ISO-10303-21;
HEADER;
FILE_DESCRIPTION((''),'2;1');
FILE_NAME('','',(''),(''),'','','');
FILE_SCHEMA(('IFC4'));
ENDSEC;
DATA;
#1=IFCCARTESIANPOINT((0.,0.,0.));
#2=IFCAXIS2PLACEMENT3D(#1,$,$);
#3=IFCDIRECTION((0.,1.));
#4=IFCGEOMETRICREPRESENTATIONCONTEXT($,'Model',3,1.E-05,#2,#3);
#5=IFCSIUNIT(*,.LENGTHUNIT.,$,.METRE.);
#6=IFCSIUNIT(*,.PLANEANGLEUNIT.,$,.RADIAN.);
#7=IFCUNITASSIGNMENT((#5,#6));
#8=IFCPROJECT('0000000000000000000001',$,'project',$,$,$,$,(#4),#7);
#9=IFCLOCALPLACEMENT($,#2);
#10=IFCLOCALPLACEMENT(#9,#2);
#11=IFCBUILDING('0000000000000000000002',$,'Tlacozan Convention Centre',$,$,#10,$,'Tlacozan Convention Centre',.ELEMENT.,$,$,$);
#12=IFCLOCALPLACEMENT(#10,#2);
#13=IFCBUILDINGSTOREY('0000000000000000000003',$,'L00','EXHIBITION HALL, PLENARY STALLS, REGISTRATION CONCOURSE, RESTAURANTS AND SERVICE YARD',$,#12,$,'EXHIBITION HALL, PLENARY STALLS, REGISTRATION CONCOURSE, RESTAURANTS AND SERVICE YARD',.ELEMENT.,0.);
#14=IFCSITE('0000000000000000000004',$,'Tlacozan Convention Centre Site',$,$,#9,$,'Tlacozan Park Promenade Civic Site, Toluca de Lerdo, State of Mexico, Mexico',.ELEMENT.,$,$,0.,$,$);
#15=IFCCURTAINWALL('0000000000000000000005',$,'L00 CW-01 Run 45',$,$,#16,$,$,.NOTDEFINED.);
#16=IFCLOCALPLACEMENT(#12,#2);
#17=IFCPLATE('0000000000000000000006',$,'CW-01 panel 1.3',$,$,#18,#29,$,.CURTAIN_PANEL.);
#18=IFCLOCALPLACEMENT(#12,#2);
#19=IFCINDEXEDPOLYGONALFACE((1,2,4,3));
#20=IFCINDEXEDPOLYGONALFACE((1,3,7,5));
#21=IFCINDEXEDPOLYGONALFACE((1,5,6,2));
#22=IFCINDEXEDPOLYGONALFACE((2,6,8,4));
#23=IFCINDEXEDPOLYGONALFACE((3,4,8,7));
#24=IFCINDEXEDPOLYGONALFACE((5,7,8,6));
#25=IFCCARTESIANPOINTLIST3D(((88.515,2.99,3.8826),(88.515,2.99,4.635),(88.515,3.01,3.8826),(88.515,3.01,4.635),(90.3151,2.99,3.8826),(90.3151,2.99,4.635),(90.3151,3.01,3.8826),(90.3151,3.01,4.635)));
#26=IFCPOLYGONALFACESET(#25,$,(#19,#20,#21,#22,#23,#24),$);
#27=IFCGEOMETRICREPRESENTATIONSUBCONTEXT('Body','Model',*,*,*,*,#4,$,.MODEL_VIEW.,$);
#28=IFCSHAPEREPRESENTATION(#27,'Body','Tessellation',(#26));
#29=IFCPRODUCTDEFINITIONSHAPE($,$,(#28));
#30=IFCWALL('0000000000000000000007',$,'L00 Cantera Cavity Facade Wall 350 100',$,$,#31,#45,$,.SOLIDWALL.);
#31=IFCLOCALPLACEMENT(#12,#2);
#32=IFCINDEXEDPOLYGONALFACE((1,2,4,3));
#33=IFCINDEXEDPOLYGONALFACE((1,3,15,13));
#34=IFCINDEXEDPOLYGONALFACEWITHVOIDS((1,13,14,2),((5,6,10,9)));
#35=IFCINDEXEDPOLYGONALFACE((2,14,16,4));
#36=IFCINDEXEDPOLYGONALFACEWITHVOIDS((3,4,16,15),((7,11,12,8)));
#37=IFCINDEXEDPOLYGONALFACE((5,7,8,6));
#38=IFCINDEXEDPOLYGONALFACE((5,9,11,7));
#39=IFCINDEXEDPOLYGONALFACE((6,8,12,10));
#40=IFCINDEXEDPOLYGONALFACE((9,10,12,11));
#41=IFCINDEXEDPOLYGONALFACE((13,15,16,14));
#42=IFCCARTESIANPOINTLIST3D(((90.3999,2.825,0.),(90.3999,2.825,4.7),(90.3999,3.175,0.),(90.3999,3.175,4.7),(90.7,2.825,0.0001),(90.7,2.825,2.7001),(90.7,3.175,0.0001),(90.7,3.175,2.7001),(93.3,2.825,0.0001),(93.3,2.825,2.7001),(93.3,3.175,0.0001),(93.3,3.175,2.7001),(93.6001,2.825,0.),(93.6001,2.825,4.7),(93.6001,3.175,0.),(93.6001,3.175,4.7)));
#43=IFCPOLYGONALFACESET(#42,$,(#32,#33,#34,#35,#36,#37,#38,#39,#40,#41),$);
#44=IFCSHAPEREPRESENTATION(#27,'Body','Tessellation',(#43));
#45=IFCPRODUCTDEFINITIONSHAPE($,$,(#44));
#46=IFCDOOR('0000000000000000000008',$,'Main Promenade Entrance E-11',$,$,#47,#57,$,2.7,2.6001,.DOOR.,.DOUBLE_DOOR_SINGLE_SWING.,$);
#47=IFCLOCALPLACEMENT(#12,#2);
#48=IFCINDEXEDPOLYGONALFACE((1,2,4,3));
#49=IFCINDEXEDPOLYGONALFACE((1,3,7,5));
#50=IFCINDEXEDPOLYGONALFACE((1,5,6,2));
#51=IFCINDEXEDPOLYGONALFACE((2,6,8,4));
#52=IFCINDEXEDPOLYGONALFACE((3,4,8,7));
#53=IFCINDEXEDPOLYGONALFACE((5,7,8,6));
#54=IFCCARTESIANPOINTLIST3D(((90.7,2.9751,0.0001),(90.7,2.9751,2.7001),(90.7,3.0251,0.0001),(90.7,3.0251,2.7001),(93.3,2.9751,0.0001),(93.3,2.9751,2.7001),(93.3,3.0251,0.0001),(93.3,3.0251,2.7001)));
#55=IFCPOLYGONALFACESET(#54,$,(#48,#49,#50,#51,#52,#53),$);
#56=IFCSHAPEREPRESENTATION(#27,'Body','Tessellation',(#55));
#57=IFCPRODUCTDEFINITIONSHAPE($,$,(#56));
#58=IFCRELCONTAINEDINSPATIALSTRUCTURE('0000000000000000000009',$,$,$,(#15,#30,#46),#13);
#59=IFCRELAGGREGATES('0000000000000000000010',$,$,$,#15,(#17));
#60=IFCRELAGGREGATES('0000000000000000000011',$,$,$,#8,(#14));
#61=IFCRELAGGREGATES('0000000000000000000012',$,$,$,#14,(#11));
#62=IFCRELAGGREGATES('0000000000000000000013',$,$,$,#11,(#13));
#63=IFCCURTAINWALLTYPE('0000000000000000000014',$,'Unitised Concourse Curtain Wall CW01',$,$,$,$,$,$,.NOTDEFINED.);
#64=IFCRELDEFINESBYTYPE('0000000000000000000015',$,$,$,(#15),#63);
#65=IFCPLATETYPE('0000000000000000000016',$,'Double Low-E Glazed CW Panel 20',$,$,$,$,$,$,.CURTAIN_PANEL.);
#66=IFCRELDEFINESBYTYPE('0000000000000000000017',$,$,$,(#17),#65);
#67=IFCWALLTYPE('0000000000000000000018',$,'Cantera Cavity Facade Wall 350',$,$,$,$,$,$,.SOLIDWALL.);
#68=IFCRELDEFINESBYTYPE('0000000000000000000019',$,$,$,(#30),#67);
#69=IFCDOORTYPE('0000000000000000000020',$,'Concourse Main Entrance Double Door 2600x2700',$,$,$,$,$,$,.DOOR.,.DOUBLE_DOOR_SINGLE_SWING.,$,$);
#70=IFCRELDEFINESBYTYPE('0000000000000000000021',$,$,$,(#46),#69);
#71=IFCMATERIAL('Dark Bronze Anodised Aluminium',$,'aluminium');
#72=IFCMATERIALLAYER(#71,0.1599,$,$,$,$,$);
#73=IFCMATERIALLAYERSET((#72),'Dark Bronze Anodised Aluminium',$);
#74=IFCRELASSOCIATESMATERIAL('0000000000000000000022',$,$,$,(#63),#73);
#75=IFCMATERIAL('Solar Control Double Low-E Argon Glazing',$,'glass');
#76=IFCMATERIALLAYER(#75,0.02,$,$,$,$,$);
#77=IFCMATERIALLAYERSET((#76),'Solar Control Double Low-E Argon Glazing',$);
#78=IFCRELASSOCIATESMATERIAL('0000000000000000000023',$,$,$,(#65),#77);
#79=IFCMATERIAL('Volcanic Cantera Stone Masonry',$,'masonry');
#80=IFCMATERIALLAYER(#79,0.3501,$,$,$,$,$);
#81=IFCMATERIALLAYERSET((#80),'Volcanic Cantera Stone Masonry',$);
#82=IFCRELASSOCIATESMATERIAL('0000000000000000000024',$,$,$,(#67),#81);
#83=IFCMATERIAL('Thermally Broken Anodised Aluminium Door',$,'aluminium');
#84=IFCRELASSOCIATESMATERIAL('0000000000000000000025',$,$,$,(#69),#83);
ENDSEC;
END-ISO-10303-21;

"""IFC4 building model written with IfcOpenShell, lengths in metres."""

from ifc_helpers import new_model, si_unit, direction, frame, frame_2d, origin, origin_2d, place, context, subcontext, project, spatial, rectangle, extrude, material, layer, layer_set, type_object, element, fill, aggregate, save


model = new_model("IFC4")

# Units and contexts
model_context = context("Model", 3, precision=1e-05, world=origin(), true_north=direction((0.0, 1.0)))
body_context = subcontext(model_context, "Body", "Model", "MODEL_VIEW")
ifc_project = project(units=[si_unit("LENGTHUNIT", "METRE"), si_unit("PLANEANGLEUNIT", "RADIAN")], contexts=[model_context])

# Site, building, storey
site_placement = place(None, origin())
site = spatial("IfcSite", under=ifc_project, at=site_placement, Name="Tlacozan Convention Centre Site", LongName="Tlacozan Park Promenade Civic Site, Toluca de Lerdo, State of Mexico, Mexico", CompositionType="ELEMENT", RefElevation=0.0)
building_placement = place(site_placement, origin())
building = spatial("IfcBuilding", under=site, at=building_placement, Name="Tlacozan Convention Centre", LongName="Tlacozan Convention Centre", CompositionType="ELEMENT")
storey_placement = place(building_placement, origin())
storey = spatial("IfcBuildingStorey", under=building, at=storey_placement, Name="L00", Description="EXHIBITION HALL, PLENARY STALLS, REGISTRATION CONCOURSE, RESTAURANTS AND SERVICE YARD", LongName="EXHIBITION HALL, PLENARY STALLS, REGISTRATION CONCOURSE, RESTAURANTS AND SERVICE YARD", CompositionType="ELEMENT", Elevation=0.0)

# Curtain wall
ifc_material_1 = material(Name="Dark Bronze Anodised Aluminium", Category="aluminium")
ifc_layer_1 = layer(ifc_material_1, 0.1599)
ifc_layer_set_1 = layer_set([ifc_layer_1], Name="Dark Bronze Anodised Aluminium")
curtain_wall_type = type_object("IfcCurtainWallType", Name="Unitised Concourse Curtain Wall CW01", PredefinedType="NOTDEFINED", material=ifc_layer_set_1)
curtain_wall_1_placement = place(storey_placement, origin())
curtain_wall_1 = element("IfcCurtainWall", 1, at=curtain_wall_1_placement, inside=storey, type_object=curtain_wall_type, Name="L00 CW-01 Run 45", PredefinedType="NOTDEFINED")

# Plate
ifc_material_2 = material(Name="Solar Control Double Low-E Argon Glazing", Category="glass")
ifc_layer_2 = layer(ifc_material_2, 0.02)
ifc_layer_set_2 = layer_set([ifc_layer_2], Name="Solar Control Double Low-E Argon Glazing")
plate_type = type_object("IfcPlateType", Name="Double Low-E Glazed CW Panel 20", PredefinedType="CURTAIN_PANEL", material=ifc_layer_set_2)
plate_1_placement = place(storey_placement, frame((89.415, 3.0, 3.8826), z_axis=(0.0, 0.0, 1.0), x_axis=(1.0, 0.0, 0.0)))
plate_1 = element("IfcPlate", 2, at=plate_1_placement, type_object=plate_type, Name="CW-01 panel 1.3", PredefinedType="CURTAIN_PANEL", context=body_context, shape_type="SweptSolid", body=[
    extrude(rectangle(XDim=1.8, YDim=0.02, at=origin_2d()), origin(), (0.0, 0.0, 1.0), 0.7524),
])
aggregate(curtain_wall_1, [plate_1])

# Wall, opening, door
ifc_material_3 = material(Name="Volcanic Cantera Stone Masonry", Category="masonry")
ifc_layer_3 = layer(ifc_material_3, 0.3501)
ifc_layer_set_3 = layer_set([ifc_layer_3], Name="Volcanic Cantera Stone Masonry")
wall_type = type_object("IfcWallType", Name="Cantera Cavity Facade Wall 350", PredefinedType="SOLIDWALL", material=ifc_layer_set_3)
wall_placement = place(storey_placement, frame((90.3999, 3.0, 0.0), z_axis=(0.0, 0.0, 1.0), x_axis=(1.0, 0.0, 0.0)))
wall = element("IfcWall", 3, at=wall_placement, inside=storey, type_object=wall_type, Name="L00 Cantera Cavity Facade Wall 350 100", PredefinedType="SOLIDWALL", context=body_context, shape_type="SweptSolid", body=[
    extrude(rectangle(XDim=3.2002, YDim=0.3501, at=frame_2d((1.6001, 0.0))), origin(), (0.0, 0.0, 1.0), 4.7),
])
opening_placement = place(wall_placement, frame((0.3, 0.0, 0.0)))
opening = element("IfcOpeningElement", 4, at=opening_placement, cuts=wall, PredefinedType="OPENING", context=body_context, shape_type="SweptSolid", body=[
    extrude(rectangle(XDim=2.6001, YDim=2.7, at=frame_2d((1.3, 1.3501))), frame((0.0, 0.1851, 0.0), z_axis=(0.0, -1.0, 0.0), x_axis=(1.0, 0.0, 0.0)), (0.0, 0.0, 1.0), 0.3701),
])
ifc_material_4 = material(Name="Thermally Broken Anodised Aluminium Door", Category="aluminium")
door_type = type_object("IfcDoorType", Name="Concourse Main Entrance Double Door 2600x2700", OperationType="DOUBLE_DOOR_SINGLE_SWING", PredefinedType="DOOR", material=ifc_material_4)
door_placement = place(opening_placement, frame((2.6001, 0.0, 0.0), z_axis=(0.0, 0.0, 1.0), x_axis=(-1.0, 0.0, 0.0)))
door = element("IfcDoor", 5, at=door_placement, inside=storey, type_object=door_type, Name="Main Promenade Entrance E-11", OperationType="DOUBLE_DOOR_SINGLE_SWING", OverallHeight=2.7, OverallWidth=2.6001, PredefinedType="DOOR", context=body_context, shape_type="SweptSolid", body=[
    extrude(rectangle(XDim=2.6001, YDim=2.7, at=frame_2d((1.3, 1.3501))), frame((0.0, 0.0249, 0.0), z_axis=(0.0, -1.0, 0.0), x_axis=(1.0, 0.0, 0.0)), (0.0, 0.0, 1.0), 0.05),
])
fill(opening, door)

save(model, "model.ifc")
